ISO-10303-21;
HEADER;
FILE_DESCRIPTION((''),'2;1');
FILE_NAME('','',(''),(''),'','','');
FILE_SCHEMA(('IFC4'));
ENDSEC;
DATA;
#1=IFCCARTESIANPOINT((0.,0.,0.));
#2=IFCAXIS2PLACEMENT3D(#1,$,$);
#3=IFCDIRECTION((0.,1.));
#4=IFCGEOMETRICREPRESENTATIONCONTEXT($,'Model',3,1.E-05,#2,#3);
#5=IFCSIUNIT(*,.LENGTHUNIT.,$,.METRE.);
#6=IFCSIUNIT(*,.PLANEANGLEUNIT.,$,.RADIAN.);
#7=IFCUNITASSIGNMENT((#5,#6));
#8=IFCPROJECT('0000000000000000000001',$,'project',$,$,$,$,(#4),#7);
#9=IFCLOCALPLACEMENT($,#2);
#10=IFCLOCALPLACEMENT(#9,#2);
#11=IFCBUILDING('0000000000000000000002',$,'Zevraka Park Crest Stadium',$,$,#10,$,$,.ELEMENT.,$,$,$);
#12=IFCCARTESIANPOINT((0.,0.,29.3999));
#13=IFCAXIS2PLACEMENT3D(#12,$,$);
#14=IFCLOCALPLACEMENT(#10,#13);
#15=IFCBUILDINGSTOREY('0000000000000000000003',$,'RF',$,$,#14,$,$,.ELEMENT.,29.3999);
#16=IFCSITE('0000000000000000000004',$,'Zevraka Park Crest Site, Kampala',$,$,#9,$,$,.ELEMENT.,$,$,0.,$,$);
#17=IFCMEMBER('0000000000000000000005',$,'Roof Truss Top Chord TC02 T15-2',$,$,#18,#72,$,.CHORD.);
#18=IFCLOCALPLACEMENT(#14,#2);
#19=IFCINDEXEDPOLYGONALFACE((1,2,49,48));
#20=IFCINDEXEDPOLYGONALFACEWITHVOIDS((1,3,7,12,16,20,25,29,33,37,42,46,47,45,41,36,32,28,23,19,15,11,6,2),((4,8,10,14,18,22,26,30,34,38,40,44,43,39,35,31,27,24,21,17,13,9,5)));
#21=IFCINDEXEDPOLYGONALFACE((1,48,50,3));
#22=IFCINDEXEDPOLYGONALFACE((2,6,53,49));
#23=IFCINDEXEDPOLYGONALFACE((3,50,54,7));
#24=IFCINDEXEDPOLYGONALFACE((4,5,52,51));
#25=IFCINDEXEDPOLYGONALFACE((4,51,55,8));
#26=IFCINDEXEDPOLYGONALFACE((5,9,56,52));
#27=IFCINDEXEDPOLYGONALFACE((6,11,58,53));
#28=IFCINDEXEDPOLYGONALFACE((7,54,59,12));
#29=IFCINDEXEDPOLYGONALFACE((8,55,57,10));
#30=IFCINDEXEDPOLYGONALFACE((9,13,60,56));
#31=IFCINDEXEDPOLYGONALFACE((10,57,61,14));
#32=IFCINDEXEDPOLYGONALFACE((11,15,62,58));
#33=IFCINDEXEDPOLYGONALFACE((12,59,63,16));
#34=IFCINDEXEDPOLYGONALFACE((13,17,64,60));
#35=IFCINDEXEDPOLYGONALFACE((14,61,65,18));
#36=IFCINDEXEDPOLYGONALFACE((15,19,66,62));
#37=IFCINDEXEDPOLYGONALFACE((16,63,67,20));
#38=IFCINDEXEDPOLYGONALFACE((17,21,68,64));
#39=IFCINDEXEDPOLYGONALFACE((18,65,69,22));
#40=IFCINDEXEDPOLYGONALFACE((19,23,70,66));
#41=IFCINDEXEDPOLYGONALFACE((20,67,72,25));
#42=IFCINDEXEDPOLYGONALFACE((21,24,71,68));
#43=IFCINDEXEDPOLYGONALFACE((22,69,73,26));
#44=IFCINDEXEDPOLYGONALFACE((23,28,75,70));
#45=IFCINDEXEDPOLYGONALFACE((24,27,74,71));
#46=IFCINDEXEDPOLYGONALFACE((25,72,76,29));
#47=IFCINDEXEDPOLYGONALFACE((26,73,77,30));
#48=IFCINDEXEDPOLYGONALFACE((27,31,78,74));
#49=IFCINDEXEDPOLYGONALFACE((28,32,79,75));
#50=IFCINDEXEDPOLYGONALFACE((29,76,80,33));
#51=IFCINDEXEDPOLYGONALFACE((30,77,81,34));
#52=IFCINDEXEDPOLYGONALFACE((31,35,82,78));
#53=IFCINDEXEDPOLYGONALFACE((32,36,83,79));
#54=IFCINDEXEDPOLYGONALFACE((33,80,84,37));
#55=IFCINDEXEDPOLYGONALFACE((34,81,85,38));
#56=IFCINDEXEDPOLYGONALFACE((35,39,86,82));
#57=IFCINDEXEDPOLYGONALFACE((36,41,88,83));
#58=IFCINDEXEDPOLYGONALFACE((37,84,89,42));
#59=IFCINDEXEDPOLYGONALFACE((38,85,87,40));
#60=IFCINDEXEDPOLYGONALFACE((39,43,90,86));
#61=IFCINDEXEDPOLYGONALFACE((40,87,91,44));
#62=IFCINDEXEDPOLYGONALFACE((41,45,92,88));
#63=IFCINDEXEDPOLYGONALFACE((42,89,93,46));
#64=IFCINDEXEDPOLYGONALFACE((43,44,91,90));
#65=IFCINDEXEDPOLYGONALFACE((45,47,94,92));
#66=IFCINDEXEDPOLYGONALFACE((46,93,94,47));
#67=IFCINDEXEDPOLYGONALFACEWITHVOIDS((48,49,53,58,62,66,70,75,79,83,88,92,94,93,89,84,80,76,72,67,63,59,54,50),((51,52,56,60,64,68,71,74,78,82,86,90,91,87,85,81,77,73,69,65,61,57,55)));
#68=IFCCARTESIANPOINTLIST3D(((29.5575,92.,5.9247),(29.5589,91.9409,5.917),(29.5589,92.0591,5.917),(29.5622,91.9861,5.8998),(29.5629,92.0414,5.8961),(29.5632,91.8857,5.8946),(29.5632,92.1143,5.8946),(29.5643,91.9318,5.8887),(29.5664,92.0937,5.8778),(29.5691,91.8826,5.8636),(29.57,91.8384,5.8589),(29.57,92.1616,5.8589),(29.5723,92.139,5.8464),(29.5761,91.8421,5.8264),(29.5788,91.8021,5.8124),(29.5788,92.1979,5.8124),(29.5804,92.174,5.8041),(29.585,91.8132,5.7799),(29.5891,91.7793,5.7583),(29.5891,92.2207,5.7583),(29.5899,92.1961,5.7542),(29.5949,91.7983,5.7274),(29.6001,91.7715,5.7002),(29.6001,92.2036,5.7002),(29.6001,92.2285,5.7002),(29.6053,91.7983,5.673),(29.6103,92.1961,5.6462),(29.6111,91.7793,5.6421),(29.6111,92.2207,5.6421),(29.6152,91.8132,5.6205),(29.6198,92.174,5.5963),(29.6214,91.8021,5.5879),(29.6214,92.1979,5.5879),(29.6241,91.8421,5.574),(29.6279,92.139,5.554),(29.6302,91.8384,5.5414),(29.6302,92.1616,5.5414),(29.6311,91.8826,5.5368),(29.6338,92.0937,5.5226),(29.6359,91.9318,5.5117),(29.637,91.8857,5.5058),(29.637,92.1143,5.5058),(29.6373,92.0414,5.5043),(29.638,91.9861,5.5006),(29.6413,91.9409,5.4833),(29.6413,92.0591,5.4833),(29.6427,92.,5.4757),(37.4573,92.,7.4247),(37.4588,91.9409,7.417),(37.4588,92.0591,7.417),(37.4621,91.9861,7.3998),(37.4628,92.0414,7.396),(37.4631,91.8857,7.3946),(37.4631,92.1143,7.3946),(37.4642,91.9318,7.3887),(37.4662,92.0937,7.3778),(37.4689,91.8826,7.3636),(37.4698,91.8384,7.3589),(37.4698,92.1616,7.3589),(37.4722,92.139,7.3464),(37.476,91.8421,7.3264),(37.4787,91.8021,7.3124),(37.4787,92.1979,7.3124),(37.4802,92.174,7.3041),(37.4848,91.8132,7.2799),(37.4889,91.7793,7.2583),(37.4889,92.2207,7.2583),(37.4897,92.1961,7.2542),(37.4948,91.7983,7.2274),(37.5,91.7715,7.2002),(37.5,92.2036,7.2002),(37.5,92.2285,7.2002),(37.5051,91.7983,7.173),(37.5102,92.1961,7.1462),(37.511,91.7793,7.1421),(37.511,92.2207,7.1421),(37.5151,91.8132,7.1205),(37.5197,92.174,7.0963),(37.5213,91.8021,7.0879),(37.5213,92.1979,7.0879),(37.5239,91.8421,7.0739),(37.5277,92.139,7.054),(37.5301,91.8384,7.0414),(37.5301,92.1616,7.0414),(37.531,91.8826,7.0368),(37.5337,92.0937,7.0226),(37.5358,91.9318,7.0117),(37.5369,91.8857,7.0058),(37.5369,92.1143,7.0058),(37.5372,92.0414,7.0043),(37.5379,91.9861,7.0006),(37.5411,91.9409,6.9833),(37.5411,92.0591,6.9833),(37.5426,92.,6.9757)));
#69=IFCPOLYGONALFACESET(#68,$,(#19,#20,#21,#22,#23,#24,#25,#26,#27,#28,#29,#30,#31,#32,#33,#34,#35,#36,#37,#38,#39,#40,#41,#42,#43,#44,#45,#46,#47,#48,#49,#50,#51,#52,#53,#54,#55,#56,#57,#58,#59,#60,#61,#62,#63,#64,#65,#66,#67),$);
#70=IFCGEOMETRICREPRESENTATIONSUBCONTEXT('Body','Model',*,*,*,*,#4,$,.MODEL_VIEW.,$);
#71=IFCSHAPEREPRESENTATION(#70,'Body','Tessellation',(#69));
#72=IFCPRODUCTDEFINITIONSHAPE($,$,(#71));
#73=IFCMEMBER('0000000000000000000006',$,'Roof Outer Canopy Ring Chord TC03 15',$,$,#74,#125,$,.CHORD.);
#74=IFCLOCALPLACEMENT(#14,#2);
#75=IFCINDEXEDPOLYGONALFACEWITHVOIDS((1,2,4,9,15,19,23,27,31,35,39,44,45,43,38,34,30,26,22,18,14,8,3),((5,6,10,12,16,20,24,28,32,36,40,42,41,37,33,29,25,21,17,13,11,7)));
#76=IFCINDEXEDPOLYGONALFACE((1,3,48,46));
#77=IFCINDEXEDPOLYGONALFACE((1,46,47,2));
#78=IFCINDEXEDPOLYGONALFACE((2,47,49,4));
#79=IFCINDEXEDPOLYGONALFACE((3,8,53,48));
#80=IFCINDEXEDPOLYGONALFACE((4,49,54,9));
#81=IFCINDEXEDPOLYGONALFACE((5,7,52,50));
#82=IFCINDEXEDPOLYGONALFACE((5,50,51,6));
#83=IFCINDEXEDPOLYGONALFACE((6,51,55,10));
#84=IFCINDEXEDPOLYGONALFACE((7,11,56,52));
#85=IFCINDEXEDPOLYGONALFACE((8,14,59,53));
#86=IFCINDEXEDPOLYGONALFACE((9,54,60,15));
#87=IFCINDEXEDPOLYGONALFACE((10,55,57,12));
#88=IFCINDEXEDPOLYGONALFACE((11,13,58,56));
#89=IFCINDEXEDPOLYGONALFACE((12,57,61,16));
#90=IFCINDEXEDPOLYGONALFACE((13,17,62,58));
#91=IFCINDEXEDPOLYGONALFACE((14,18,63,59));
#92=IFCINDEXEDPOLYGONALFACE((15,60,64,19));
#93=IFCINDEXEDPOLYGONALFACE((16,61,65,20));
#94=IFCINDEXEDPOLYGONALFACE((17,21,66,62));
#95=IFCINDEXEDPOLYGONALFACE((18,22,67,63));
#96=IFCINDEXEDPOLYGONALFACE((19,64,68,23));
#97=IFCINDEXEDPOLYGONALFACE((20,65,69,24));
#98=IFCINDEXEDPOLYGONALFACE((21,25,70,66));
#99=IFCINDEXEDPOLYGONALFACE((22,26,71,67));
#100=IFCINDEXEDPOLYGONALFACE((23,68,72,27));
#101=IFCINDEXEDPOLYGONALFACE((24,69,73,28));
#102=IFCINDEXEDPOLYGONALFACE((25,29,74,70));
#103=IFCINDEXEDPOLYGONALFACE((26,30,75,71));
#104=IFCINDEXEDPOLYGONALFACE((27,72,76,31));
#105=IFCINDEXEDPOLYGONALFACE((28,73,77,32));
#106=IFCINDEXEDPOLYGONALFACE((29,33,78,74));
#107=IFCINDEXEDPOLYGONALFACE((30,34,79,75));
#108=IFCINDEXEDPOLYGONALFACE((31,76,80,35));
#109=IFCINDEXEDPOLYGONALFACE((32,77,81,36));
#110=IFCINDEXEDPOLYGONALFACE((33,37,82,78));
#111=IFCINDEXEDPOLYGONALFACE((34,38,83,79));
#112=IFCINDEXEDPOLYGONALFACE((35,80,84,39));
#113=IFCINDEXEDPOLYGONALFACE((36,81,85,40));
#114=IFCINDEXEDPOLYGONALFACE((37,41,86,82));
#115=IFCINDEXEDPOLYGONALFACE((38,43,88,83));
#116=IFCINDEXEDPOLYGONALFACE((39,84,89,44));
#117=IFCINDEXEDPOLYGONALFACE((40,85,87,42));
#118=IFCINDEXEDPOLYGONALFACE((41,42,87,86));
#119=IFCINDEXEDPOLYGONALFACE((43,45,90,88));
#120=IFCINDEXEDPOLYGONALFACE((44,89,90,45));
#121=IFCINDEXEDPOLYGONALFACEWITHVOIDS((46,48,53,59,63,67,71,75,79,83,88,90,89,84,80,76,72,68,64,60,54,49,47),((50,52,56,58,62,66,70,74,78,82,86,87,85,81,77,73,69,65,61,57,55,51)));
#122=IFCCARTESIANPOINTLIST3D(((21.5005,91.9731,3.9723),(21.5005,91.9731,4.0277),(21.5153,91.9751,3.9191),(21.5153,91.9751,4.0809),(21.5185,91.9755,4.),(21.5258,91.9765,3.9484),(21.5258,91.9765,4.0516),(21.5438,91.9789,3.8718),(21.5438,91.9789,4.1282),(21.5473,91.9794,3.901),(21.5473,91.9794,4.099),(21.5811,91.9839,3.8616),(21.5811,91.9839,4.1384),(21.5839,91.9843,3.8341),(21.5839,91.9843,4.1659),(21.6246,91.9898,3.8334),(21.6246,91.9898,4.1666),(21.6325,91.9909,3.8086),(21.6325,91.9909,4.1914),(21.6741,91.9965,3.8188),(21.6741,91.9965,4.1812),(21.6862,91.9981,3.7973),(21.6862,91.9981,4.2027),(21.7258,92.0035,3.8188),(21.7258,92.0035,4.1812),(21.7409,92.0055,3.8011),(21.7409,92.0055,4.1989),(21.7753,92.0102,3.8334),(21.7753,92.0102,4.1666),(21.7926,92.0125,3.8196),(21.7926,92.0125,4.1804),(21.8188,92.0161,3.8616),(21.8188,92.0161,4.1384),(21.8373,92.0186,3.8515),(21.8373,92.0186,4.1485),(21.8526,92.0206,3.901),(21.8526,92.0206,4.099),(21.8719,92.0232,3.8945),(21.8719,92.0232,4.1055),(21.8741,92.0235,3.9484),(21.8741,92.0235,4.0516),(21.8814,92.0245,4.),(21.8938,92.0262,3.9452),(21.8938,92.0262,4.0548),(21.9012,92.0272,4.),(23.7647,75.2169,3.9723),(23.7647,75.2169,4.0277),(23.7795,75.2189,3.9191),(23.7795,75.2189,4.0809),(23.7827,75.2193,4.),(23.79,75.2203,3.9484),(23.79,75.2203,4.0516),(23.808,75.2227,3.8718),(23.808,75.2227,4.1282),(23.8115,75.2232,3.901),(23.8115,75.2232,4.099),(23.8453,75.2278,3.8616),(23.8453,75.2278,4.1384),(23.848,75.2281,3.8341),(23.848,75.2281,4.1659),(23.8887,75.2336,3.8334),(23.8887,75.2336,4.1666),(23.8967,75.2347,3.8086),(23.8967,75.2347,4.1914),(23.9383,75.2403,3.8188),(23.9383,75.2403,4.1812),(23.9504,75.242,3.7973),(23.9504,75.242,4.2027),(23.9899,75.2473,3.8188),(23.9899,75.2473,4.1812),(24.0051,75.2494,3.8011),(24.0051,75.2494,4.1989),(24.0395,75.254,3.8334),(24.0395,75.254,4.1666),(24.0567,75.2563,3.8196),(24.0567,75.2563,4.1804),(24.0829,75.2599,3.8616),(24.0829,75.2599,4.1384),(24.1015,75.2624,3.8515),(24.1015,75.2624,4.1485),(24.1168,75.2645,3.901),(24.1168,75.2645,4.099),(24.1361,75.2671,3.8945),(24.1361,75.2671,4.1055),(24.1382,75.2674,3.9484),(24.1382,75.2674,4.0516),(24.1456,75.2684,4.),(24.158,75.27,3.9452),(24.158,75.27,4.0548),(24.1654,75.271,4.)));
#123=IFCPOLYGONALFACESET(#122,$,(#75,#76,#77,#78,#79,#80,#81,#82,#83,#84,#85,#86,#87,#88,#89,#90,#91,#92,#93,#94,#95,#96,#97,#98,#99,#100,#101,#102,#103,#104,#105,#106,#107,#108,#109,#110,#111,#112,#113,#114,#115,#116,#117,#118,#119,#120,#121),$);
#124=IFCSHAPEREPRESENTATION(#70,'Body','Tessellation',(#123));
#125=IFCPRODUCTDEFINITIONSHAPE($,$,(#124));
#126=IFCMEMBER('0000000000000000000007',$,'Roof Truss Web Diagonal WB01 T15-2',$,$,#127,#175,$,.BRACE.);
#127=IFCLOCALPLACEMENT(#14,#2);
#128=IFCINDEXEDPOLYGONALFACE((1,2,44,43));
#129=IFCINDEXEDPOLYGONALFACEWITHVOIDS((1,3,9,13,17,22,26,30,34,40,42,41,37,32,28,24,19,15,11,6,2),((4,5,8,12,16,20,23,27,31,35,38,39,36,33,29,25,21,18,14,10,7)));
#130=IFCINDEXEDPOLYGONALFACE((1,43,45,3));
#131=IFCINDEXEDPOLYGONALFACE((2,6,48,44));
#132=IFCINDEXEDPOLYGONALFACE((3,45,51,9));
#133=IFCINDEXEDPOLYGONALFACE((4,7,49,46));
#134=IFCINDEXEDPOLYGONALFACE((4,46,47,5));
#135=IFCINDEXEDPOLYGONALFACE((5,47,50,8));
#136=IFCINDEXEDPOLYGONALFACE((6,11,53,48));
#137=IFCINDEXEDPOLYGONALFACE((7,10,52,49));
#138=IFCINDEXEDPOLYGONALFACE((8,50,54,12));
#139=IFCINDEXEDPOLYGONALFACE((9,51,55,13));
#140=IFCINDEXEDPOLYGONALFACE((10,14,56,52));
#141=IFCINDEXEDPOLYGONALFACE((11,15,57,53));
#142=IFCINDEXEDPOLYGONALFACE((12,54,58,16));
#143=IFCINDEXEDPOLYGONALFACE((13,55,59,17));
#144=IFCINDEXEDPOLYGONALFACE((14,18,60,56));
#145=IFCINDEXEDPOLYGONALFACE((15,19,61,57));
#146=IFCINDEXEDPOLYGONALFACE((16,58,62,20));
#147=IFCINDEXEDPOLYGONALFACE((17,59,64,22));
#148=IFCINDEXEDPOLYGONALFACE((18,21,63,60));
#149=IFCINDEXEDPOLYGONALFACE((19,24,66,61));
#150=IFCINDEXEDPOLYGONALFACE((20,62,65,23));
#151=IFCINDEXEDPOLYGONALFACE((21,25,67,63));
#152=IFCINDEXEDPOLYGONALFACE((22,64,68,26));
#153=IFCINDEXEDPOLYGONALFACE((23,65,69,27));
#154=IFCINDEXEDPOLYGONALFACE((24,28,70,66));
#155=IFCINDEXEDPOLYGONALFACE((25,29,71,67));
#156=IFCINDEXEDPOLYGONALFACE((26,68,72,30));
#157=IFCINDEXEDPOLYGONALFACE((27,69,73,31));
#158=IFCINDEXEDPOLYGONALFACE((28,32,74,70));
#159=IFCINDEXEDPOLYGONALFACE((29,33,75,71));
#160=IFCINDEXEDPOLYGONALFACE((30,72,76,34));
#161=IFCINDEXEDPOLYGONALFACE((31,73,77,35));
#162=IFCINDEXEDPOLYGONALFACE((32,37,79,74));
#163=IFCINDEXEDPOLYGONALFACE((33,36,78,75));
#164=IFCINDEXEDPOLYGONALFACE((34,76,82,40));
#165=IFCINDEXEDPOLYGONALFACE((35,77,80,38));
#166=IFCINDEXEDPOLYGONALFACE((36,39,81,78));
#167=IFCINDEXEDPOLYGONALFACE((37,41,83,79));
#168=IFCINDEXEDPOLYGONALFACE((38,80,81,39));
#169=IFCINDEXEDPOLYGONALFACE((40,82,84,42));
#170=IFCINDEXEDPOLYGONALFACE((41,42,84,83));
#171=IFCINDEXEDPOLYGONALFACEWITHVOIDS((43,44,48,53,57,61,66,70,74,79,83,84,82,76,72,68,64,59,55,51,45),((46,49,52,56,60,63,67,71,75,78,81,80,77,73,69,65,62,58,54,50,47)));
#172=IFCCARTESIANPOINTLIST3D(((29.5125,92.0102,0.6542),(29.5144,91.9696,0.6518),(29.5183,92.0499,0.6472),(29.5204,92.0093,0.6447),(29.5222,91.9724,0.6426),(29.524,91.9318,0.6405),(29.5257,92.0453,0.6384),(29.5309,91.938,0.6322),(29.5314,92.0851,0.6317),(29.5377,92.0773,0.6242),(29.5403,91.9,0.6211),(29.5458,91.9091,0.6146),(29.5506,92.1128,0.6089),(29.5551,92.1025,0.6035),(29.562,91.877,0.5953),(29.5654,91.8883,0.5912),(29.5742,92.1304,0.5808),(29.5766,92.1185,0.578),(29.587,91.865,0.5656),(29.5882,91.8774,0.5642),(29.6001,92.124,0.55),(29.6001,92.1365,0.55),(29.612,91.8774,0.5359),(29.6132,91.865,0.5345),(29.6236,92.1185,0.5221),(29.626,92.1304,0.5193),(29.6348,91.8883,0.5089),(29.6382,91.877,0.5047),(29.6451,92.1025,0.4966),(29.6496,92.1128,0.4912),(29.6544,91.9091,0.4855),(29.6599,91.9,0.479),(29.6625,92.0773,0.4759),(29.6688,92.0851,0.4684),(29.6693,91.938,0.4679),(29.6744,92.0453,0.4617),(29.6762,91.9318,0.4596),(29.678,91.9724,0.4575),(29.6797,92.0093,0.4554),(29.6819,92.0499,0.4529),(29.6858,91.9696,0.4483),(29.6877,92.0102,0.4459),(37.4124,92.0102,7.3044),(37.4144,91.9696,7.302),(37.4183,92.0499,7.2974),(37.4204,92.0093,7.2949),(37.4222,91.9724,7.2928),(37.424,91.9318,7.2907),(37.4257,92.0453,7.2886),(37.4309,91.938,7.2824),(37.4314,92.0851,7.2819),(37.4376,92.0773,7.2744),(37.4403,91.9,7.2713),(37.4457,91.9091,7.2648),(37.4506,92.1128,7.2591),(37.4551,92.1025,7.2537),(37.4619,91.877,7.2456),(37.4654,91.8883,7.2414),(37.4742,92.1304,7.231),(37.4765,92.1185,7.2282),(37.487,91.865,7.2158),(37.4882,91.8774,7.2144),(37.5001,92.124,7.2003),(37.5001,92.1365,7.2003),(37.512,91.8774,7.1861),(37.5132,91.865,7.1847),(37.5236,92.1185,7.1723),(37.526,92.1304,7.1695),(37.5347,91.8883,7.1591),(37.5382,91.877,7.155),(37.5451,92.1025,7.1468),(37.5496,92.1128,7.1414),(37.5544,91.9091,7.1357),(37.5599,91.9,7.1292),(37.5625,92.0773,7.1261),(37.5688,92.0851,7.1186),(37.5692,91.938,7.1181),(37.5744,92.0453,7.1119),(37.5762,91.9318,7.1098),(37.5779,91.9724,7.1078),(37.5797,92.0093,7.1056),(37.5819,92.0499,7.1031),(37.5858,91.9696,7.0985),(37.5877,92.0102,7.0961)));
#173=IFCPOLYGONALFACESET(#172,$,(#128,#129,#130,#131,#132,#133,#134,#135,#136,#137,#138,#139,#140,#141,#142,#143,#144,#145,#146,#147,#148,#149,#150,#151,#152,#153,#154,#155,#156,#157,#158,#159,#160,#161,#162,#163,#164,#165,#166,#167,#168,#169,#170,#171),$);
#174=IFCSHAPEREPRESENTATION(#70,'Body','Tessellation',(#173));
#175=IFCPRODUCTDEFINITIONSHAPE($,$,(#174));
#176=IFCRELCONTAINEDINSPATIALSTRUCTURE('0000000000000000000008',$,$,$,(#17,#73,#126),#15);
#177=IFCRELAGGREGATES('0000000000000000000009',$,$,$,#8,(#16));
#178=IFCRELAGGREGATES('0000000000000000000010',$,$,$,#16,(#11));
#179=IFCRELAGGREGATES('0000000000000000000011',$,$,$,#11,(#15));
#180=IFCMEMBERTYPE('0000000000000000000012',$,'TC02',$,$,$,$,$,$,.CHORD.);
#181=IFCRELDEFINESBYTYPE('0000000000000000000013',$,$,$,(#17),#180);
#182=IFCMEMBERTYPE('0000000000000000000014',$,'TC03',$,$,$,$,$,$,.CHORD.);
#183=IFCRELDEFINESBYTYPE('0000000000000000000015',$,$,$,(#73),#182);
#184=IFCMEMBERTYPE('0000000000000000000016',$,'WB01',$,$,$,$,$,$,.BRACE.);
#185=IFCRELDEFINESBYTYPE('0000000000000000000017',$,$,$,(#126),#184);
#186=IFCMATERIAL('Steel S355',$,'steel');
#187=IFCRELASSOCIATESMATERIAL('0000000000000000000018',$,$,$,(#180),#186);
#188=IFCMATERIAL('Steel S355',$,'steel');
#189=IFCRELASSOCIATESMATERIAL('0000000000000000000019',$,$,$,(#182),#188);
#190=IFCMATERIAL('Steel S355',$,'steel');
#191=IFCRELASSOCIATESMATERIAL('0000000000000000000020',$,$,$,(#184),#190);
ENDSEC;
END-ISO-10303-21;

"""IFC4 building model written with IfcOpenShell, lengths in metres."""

from ifc_helpers import new_model, si_unit, direction, frame, origin, origin_2d, place, context, subcontext, project, spatial, hollow_circle, extrude, material, material_profile, profile_set, type_object, element, save


model = new_model("IFC4")

# Units and contexts
model_context = context("Model", 3, precision=1e-05, world=origin(), true_north=direction((0.0, 1.0)))
body_context = subcontext(model_context, "Body", "Model", "MODEL_VIEW")
ifc_project = project(units=[si_unit("LENGTHUNIT", "METRE"), si_unit("PLANEANGLEUNIT", "RADIAN")], contexts=[model_context])

# Site, building, storey
site_placement = place(None, origin())
site = spatial("IfcSite", under=ifc_project, at=site_placement, Name="Zevraka Park Crest Site, Kampala", CompositionType="ELEMENT", RefElevation=0.0)
building_placement = place(site_placement, origin())
building = spatial("IfcBuilding", under=site, at=building_placement, Name="Zevraka Park Crest Stadium", CompositionType="ELEMENT")
storey_placement = place(building_placement, frame((0.0, 0.0, 29.3999)))
storey = spatial("IfcBuildingStorey", under=building, at=storey_placement, Name="RF", CompositionType="ELEMENT", Elevation=29.3999)

# Members
ifc_material_1 = material(Name="Steel S355", Category="steel")
ifc_material_profile_1 = material_profile(ifc_material_1, hollow_circle(Radius=0.2285, WallThickness=0.0249, at=origin_2d()), Name="CHS 457.0x25")
ifc_profile_set_1 = profile_set([ifc_material_profile_1], Name="Steel S355")
member_type_1 = type_object("IfcMemberType", Name="TC02", PredefinedType="CHORD", material=ifc_profile_set_1)
member_1_placement = place(storey_placement, frame((29.6001, 92.0, 5.7002), z_axis=(0.982447, 0.0, 0.186543), x_axis=(0.0, 1.0, 0.0)))
element("IfcMember", 1, at=member_1_placement, inside=storey, type_object=member_type_1, Name="Roof Truss Top Chord TC02 T15-2", PredefinedType="CHORD", context=body_context, shape_type="SweptSolid", body=[
    extrude(hollow_circle(Radius=0.2285, WallThickness=0.0249, at=origin_2d()), origin(), (0.0, 0.0, 1.0), 8.041),
])
ifc_material_2 = material(Name="Steel S355", Category="steel")
ifc_material_profile_2 = material_profile(ifc_material_2, hollow_circle(Radius=0.2031, WallThickness=0.02, at=origin_2d()), Name="CHS 406.4x20")
ifc_profile_set_2 = profile_set([ifc_material_profile_2], Name="Steel S355")
member_type_2 = type_object("IfcMemberType", Name="TC03", PredefinedType="CHORD", material=ifc_profile_set_2)
member_2_placement = place(storey_placement, frame((21.7, 92.0, 4.0), z_axis=(0.133908, -0.990994, 0.0), x_axis=(0.990994, 0.133908, 0.0)))
element("IfcMember", 2, at=member_2_placement, inside=storey, type_object=member_type_2, Name="Roof Outer Canopy Ring Chord TC03 15", PredefinedType="CHORD", context=body_context, shape_type="SweptSolid", body=[
    extrude(hollow_circle(Radius=0.2031, WallThickness=0.02, at=origin_2d()), origin(), (0.0, 0.0, 1.0), 16.9084),
])
ifc_material_3 = material(Name="Steel S355", Category="steel")
ifc_material_profile_3 = material_profile(ifc_material_3, hollow_circle(Radius=0.1365, WallThickness=0.0125, at=origin_2d()), Name="CHS 273.0x12.5")
ifc_profile_set_3 = profile_set([ifc_material_profile_3], Name="Steel S355")
member_type_3 = type_object("IfcMemberType", Name="WB01", PredefinedType="BRACE", material=ifc_profile_set_3)
member_3_placement = place(storey_placement, frame((29.6001, 92.0, 0.55), z_axis=(0.765026, 0.0, 0.644), x_axis=(0.0, 1.0, 0.0)))
element("IfcMember", 3, at=member_3_placement, inside=storey, type_object=member_type_3, Name="Roof Truss Web Diagonal WB01 T15-2", PredefinedType="BRACE", context=body_context, shape_type="SweptSolid", body=[
    extrude(hollow_circle(Radius=0.1365, WallThickness=0.0125, at=origin_2d()), origin(), (0.0, 0.0, 1.0), 10.3264),
])

save(model, "model.ifc")
